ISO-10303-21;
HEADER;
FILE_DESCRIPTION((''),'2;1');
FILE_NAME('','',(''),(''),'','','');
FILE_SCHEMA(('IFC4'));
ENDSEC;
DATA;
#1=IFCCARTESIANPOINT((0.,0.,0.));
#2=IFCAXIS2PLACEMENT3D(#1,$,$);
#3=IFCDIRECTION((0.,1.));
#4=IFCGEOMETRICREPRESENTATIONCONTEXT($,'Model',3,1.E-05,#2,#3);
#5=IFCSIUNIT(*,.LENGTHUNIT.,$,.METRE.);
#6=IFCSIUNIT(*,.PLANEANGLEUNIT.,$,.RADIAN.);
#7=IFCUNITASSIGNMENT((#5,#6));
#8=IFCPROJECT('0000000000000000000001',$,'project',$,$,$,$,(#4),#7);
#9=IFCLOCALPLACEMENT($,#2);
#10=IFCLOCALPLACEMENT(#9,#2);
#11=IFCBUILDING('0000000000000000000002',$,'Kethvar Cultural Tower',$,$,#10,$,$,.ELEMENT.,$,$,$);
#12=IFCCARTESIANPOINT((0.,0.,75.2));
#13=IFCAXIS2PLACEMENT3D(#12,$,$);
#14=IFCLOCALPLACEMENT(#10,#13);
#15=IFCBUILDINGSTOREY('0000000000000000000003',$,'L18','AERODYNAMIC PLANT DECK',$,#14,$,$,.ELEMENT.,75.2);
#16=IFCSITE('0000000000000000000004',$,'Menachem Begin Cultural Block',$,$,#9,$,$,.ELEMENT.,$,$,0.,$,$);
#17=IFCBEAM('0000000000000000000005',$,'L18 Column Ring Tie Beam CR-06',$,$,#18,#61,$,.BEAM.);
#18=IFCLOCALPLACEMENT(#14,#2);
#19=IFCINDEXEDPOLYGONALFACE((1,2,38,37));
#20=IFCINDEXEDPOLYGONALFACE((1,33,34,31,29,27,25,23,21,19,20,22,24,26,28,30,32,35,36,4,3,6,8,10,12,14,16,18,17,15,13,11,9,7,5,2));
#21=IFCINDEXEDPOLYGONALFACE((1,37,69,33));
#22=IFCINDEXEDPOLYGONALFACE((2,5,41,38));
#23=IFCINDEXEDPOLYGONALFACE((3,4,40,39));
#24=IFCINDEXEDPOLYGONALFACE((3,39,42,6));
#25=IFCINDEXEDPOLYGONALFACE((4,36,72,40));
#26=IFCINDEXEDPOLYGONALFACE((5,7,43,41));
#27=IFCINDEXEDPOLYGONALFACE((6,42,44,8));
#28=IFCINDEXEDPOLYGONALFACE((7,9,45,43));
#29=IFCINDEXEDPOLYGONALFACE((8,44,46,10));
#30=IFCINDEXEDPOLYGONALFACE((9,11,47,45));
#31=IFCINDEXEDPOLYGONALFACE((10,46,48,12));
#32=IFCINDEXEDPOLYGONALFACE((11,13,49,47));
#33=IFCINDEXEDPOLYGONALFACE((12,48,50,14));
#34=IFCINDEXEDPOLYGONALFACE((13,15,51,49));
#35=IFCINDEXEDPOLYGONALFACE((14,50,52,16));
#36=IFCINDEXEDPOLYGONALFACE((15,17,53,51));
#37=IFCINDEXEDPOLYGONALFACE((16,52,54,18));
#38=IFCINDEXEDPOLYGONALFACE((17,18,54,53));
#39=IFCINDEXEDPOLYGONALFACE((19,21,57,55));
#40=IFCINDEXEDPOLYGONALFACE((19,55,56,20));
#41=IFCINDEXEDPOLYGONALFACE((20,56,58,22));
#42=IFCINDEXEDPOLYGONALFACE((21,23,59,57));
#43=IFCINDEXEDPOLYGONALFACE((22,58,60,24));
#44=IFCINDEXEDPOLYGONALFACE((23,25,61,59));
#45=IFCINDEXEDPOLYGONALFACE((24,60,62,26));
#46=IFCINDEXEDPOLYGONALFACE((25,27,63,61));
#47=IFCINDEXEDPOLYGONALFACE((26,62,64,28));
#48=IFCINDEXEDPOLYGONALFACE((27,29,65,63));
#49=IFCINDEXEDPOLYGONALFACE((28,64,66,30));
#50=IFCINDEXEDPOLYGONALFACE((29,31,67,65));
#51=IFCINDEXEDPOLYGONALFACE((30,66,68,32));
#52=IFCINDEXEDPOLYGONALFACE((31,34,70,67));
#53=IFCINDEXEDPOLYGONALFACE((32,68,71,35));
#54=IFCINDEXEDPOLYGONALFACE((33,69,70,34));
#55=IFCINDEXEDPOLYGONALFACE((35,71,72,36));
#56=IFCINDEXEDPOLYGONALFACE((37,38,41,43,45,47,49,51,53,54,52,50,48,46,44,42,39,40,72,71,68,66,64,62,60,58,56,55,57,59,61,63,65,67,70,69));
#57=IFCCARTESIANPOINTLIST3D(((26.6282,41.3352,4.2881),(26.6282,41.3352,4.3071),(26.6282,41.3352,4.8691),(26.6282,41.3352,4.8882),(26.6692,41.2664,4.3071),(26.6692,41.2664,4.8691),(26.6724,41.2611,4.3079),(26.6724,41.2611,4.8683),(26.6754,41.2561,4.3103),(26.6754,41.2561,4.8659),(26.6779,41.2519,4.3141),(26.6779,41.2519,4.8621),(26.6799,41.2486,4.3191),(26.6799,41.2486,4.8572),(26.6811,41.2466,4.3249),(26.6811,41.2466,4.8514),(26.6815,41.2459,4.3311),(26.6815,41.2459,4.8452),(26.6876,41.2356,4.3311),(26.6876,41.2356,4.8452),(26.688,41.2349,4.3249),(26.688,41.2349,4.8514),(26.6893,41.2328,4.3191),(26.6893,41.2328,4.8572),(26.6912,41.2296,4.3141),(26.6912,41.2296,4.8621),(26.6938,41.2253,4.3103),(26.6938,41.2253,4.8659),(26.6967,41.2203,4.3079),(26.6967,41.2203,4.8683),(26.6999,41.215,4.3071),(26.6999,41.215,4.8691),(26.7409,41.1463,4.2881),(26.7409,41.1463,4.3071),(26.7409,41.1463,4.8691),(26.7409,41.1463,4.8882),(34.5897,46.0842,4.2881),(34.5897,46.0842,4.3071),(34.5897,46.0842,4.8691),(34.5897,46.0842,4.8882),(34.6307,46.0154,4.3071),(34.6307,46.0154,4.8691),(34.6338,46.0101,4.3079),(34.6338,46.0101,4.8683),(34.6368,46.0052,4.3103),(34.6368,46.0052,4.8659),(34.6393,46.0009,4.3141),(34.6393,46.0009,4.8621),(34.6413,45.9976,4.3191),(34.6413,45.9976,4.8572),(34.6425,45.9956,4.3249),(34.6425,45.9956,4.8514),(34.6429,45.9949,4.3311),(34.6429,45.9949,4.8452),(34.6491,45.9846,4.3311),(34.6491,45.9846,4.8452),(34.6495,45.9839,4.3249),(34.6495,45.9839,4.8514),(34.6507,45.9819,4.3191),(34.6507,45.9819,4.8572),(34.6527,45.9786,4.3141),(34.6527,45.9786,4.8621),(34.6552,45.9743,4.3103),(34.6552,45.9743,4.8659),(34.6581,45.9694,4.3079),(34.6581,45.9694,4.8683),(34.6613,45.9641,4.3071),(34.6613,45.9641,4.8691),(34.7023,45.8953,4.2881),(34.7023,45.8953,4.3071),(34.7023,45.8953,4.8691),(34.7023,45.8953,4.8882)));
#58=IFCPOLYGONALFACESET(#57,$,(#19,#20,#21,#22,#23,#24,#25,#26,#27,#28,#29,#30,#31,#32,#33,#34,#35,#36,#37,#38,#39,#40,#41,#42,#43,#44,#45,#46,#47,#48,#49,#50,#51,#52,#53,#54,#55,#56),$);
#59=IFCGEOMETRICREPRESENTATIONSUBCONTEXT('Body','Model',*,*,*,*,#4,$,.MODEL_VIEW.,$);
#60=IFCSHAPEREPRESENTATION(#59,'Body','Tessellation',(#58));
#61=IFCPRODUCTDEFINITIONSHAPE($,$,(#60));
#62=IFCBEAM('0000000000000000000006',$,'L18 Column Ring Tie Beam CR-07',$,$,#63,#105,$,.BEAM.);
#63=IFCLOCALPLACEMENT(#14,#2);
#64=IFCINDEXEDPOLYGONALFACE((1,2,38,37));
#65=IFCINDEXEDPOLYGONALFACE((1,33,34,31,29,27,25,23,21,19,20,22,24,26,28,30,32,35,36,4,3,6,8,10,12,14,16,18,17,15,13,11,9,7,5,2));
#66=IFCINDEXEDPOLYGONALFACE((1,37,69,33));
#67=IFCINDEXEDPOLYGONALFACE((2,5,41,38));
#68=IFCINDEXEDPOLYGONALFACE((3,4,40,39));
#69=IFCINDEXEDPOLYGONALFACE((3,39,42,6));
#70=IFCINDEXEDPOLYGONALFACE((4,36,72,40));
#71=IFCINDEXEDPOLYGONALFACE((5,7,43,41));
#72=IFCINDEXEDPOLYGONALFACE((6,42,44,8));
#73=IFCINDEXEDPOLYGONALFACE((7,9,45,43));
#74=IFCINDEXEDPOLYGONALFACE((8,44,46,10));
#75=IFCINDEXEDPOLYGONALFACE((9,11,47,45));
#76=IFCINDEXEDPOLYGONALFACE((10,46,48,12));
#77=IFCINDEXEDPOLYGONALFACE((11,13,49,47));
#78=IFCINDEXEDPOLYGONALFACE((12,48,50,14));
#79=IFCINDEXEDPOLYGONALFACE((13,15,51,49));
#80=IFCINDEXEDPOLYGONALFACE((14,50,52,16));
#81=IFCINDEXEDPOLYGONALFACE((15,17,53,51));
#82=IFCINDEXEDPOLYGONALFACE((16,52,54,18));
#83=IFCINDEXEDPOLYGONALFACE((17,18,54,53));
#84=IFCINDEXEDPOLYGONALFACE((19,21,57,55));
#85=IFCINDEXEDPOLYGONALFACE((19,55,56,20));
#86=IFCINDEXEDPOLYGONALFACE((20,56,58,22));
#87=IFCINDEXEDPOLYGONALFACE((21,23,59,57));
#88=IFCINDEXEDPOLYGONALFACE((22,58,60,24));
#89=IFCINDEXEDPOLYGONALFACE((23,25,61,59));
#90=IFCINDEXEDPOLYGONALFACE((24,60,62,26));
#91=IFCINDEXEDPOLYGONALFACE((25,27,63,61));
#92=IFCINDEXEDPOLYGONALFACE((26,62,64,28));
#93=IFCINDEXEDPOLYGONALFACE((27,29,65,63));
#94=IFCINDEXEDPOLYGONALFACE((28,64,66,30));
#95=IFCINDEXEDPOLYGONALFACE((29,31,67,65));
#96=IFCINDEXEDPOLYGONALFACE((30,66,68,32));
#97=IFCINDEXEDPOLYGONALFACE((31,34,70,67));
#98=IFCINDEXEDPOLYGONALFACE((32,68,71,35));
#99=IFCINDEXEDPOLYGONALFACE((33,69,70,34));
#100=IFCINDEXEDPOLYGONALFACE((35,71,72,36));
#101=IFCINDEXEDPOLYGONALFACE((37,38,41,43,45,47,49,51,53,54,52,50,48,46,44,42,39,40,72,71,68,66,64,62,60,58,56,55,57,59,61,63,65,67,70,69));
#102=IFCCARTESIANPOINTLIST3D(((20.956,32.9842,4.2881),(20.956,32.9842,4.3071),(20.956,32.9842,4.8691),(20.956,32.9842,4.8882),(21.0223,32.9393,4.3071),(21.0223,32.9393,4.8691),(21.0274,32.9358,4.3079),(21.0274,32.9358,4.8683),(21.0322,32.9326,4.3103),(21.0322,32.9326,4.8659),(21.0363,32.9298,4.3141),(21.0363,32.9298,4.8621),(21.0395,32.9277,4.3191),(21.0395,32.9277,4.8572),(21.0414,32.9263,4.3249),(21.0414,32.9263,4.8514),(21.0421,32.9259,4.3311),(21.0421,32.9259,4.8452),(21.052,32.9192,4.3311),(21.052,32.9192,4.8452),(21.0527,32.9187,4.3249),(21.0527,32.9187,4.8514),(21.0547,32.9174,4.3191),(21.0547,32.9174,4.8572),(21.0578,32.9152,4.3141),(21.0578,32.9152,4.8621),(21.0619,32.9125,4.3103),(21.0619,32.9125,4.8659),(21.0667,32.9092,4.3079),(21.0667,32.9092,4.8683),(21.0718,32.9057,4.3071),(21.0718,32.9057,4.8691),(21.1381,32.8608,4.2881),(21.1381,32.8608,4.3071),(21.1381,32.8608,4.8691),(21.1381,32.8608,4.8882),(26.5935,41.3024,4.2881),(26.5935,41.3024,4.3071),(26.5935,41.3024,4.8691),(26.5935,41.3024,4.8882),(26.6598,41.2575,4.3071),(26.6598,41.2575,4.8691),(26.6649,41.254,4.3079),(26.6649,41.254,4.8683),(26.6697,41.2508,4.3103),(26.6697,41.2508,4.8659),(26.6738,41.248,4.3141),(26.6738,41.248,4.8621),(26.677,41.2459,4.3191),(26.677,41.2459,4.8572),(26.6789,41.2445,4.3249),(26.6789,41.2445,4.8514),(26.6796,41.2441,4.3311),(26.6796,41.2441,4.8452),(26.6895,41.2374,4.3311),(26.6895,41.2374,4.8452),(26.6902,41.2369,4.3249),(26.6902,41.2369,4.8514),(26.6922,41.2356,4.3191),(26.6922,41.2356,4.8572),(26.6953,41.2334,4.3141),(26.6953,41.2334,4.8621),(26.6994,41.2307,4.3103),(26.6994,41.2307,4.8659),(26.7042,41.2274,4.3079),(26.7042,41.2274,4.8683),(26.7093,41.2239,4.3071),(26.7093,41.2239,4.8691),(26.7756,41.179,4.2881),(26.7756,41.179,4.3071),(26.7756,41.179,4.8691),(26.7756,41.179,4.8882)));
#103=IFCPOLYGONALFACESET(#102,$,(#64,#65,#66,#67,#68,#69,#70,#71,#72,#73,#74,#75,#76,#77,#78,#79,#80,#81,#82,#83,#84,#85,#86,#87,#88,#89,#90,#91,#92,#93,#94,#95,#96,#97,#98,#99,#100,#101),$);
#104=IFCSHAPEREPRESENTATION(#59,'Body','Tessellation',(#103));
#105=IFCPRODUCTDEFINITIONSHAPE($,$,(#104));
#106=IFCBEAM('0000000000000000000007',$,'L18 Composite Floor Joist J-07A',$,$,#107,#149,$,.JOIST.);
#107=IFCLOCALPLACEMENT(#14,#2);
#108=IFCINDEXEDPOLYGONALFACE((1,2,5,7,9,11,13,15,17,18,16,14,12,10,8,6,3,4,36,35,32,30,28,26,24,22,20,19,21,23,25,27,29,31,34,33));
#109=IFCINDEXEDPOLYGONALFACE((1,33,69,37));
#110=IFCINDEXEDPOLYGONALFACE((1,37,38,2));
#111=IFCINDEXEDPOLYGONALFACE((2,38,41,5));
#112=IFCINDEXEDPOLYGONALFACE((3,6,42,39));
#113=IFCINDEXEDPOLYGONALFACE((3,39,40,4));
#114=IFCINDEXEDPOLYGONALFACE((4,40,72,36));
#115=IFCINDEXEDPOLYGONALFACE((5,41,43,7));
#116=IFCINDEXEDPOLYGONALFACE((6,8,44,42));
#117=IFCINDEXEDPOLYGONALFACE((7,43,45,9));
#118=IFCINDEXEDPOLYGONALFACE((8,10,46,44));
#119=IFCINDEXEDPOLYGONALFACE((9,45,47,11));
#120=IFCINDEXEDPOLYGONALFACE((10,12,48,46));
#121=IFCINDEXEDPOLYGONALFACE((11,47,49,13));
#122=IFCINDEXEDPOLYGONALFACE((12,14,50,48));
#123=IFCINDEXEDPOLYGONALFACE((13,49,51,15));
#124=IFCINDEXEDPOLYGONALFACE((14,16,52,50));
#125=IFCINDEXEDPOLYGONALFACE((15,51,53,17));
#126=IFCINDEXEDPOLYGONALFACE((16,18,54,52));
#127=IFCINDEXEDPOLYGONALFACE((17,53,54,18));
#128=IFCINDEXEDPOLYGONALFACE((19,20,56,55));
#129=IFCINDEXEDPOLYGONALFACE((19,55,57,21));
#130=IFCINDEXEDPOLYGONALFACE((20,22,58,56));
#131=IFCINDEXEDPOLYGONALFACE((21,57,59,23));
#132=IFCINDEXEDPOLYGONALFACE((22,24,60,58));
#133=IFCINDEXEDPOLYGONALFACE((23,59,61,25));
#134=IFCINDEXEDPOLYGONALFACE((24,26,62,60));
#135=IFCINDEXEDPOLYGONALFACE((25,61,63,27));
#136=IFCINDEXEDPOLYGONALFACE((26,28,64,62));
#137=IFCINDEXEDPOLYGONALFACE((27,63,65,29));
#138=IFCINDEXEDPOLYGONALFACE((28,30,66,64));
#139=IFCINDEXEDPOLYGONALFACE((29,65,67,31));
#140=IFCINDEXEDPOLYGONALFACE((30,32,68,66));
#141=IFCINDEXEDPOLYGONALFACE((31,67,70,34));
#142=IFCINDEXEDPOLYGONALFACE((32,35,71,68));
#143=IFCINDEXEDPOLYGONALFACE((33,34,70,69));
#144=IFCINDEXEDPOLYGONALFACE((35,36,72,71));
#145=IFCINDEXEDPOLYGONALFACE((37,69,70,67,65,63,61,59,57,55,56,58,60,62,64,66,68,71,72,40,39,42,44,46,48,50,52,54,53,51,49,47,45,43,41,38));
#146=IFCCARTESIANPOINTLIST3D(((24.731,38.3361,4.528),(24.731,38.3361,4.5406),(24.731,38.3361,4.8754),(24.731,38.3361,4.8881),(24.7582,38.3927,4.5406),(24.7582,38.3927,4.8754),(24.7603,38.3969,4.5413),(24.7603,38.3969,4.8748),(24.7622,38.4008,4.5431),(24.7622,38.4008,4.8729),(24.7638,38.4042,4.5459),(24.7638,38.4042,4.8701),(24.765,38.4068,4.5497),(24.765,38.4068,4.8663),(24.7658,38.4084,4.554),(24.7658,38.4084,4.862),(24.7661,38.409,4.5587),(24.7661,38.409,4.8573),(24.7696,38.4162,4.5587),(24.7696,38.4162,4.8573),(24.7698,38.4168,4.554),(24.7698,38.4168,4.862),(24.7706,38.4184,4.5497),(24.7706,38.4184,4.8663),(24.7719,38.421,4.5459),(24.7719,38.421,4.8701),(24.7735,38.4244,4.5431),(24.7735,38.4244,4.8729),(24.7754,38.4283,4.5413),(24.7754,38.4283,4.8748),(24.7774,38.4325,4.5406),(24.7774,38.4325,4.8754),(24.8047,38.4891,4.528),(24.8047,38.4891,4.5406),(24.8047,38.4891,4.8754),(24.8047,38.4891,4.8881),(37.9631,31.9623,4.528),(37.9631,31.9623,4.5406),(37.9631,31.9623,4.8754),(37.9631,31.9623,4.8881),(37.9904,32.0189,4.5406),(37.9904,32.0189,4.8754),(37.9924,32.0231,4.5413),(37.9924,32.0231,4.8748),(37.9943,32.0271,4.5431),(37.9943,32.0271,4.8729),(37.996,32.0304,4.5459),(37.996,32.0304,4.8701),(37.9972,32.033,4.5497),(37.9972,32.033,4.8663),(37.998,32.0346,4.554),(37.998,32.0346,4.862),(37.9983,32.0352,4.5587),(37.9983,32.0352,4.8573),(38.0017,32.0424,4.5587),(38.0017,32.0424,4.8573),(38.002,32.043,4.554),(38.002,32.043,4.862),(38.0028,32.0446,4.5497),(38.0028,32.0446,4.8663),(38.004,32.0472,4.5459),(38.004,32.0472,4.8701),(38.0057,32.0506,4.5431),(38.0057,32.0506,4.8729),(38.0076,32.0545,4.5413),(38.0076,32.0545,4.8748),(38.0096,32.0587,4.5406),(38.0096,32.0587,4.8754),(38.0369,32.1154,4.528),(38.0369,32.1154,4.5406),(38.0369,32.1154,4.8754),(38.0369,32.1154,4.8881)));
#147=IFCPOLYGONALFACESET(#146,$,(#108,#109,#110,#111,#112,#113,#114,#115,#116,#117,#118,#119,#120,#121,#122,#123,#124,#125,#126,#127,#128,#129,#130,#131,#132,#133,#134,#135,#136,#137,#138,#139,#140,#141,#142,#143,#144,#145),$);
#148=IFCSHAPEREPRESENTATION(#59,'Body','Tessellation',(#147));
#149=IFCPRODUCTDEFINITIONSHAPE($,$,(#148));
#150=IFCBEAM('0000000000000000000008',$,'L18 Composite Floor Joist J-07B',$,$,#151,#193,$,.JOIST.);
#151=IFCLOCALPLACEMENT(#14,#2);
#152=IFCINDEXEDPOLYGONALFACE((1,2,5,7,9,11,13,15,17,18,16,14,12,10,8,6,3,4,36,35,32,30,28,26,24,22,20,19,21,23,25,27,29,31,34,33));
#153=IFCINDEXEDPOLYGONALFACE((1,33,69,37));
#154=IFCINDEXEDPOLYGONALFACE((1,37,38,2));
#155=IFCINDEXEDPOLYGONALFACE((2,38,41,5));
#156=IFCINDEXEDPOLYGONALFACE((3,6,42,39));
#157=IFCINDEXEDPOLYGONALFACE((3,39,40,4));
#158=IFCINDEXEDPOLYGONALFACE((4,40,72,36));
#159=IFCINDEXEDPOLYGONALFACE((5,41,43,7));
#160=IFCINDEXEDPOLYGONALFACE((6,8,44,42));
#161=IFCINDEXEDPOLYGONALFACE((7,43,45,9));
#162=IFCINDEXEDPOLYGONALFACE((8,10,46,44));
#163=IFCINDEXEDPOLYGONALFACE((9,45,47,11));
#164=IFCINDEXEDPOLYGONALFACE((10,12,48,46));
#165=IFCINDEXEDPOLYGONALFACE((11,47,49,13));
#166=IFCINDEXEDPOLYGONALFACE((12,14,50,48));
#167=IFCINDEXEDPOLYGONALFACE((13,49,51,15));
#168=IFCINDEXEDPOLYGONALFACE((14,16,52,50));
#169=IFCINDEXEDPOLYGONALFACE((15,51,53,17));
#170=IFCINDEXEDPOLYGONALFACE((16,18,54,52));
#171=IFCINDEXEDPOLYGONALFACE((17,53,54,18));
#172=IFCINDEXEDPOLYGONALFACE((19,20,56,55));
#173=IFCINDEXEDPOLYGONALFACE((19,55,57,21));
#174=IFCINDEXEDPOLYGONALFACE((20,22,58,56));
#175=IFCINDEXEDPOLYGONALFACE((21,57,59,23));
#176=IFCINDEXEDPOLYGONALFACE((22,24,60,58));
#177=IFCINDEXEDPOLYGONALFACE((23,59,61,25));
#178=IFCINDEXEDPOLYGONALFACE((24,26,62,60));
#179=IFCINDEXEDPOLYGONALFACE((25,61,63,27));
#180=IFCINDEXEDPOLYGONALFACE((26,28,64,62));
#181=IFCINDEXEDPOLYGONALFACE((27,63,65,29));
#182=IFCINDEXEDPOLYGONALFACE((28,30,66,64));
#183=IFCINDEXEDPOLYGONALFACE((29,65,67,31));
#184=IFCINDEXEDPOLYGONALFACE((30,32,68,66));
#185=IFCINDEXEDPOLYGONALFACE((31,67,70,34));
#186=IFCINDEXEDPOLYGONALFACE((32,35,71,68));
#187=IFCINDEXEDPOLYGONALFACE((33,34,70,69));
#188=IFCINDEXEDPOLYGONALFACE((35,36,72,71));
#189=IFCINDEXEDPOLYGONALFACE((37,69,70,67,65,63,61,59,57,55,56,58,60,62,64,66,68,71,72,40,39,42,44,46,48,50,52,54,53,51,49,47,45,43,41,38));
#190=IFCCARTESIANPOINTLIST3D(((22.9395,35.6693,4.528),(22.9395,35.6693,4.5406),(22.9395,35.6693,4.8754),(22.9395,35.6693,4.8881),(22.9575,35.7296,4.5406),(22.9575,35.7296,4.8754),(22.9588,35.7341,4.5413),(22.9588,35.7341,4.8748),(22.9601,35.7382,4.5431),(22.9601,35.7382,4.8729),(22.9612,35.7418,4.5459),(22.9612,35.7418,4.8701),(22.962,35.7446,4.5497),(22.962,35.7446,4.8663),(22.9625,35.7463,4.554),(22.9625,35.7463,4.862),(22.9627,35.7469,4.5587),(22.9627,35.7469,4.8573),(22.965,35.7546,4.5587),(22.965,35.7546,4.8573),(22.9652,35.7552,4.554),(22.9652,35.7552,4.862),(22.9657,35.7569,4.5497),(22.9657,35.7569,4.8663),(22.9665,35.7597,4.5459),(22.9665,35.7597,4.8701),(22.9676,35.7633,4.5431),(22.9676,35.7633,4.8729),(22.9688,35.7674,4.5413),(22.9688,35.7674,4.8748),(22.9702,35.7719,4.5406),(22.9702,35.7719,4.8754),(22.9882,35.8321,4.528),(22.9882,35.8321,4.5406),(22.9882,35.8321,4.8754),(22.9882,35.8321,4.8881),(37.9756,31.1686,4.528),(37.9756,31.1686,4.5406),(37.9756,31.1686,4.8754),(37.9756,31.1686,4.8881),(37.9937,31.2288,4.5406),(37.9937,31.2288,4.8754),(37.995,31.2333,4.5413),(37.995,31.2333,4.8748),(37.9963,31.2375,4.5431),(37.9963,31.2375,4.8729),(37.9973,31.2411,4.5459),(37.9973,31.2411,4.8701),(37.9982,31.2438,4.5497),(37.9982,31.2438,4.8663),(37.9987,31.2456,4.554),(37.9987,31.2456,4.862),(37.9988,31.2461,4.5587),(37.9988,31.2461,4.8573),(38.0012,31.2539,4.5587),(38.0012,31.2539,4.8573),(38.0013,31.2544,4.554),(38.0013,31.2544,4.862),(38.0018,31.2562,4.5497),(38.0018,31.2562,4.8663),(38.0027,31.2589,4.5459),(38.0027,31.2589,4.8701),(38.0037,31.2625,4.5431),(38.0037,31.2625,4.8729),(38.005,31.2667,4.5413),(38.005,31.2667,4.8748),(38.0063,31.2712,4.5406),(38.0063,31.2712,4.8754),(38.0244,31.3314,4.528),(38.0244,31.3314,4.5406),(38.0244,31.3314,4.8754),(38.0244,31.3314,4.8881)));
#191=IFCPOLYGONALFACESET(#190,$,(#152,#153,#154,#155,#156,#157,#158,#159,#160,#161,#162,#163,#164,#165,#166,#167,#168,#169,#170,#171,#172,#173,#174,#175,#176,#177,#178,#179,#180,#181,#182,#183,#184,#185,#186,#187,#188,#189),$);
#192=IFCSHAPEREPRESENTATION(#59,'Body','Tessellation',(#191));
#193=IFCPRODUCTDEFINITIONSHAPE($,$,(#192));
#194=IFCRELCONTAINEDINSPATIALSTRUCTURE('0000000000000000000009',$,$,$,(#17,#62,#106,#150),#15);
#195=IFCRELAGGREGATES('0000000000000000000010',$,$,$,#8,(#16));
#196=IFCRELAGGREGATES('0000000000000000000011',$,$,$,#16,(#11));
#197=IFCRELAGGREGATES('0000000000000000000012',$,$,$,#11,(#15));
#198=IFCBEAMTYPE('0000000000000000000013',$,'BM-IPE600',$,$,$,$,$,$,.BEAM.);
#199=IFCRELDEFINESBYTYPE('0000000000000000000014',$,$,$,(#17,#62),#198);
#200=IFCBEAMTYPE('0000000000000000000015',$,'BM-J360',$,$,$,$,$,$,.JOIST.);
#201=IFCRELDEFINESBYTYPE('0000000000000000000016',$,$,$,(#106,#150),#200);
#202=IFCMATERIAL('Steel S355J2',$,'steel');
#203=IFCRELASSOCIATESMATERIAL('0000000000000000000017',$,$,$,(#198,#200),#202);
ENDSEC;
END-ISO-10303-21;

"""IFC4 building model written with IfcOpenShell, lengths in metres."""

from ifc_helpers import new_model, si_unit, direction, frame, origin, origin_2d, place, context, subcontext, project, spatial, i_section, extrude, source, transform, mapped, material, material_profile, profile_set, type_object, element, save


model = new_model("IFC4")

# Units and contexts
model_context = context("Model", 3, precision=1e-05, world=origin(), true_north=direction((0.0, 1.0)))
body_context = subcontext(model_context, "Body", "Model", "MODEL_VIEW")
ifc_project = project(units=[si_unit("LENGTHUNIT", "METRE"), si_unit("PLANEANGLEUNIT", "RADIAN")], contexts=[model_context])

# Site, building, storey
site_placement = place(None, origin())
site = spatial("IfcSite", under=ifc_project, at=site_placement, Name="Menachem Begin Cultural Block", CompositionType="ELEMENT", RefElevation=0.0)
building_placement = place(site_placement, origin())
building = spatial("IfcBuilding", under=site, at=building_placement, Name="Kethvar Cultural Tower", CompositionType="ELEMENT")
storey_placement = place(building_placement, frame((0.0, 0.0, 75.2)))
storey = spatial("IfcBuildingStorey", under=building, at=storey_placement, Name="L18", Description="AERODYNAMIC PLANT DECK", CompositionType="ELEMENT", Elevation=75.2)

# Beams
ifc_material_1 = material(Name="Steel S355J2", Category="steel")
ifc_material_profile_1 = material_profile(ifc_material_1, i_section(OverallWidth=0.22, OverallDepth=0.6001, WebThickness=0.012, FlangeThickness=0.019, FilletRadius=0.0239, at=origin_2d()), Name="Steel S355J2 — IPE600")
ifc_profile_set_1 = profile_set([ifc_material_profile_1], Name="Steel S355J2 — IPE600")
beam_type_1 = type_object("IfcBeamType", Name="BM-IPE600", PredefinedType="BEAM", material=ifc_profile_set_1)
shared_shape_1 = source(origin(), body_context, "Body", "SweptSolid", [
    extrude(i_section(OverallWidth=0.22, OverallDepth=0.6001, WebThickness=0.012, FlangeThickness=0.019, FilletRadius=0.0239, at=origin_2d()), origin(), (0.0, 0.0, 1.0), 9.2703),
])
beam_1_placement = place(storey_placement, frame((34.646, 45.9897, 4.5881), z_axis=(-0.858815, -0.512286, 0.0), x_axis=(0.512286, -0.858815, 0.0)))
element("IfcBeam", 1, at=beam_1_placement, inside=storey, type_object=beam_type_1, Name="L18 Column Ring Tie Beam CR-06", PredefinedType="BEAM", context=body_context, shape_type="MappedRepresentation", body=[
    mapped(shared_shape_1, transform((0.0, 0.0, 0.0), scale=1.0)),
])
shared_shape_2 = source(origin(), body_context, "Body", "SweptSolid", [
    extrude(i_section(OverallWidth=0.22, OverallDepth=0.6001, WebThickness=0.012, FlangeThickness=0.019, FilletRadius=0.0239, at=origin_2d()), origin(), (0.0, 0.0, 1.0), 10.0486),
])
beam_2_placement = place(storey_placement, frame((26.6846, 41.2407, 4.5881), z_axis=(-0.561025, -0.827799, 0.0), x_axis=(0.827799, -0.561025, 0.0)))
element("IfcBeam", 2, at=beam_2_placement, inside=storey, type_object=beam_type_1, Name="L18 Column Ring Tie Beam CR-07", PredefinedType="BEAM", context=body_context, shape_type="MappedRepresentation", body=[
    mapped(shared_shape_2, transform((0.0, 0.0, 0.0), scale=1.0)),
])
ifc_material_profile_2 = material_profile(ifc_material_1, i_section(OverallWidth=0.1699, OverallDepth=0.3601, WebThickness=0.0081, FlangeThickness=0.0127, FilletRadius=0.0181, at=origin_2d()), Name="Steel S355J2 — IPE360")
ifc_profile_set_2 = profile_set([ifc_material_profile_2], Name="Steel S355J2 — IPE360")
beam_type_2 = type_object("IfcBeamType", Name="BM-J360", PredefinedType="JOIST", material=ifc_profile_set_2)
shared_shape_3 = source(origin(), body_context, "Body", "SweptSolid", [
    extrude(i_section(OverallWidth=0.1699, OverallDepth=0.3601, WebThickness=0.0081, FlangeThickness=0.0127, FilletRadius=0.0181, at=origin_2d()), origin(), (0.0, 0.0, 1.0), 14.6873),
])
beam_3_placement = place(storey_placement, frame((38.0, 32.0388, 4.708), z_axis=(-0.900929, 0.433967, 0.0), x_axis=(-0.433967, -0.900929, 0.0)))
element("IfcBeam", 3, at=beam_3_placement, inside=storey, type_object=beam_type_2, Name="L18 Composite Floor Joist J-07A", PredefinedType="JOIST", context=body_context, shape_type="MappedRepresentation", body=[
    mapped(shared_shape_3, transform((0.0, 0.0, 0.0), scale=1.0)),
])
shared_shape_4 = source(origin(), body_context, "Body", "SweptSolid", [
    extrude(i_section(OverallWidth=0.1699, OverallDepth=0.3601, WebThickness=0.0081, FlangeThickness=0.0127, FilletRadius=0.0181, at=origin_2d()), origin(), (0.0, 0.0, 1.0), 15.6953),
])
beam_4_placement = place(storey_placement, frame((38.0, 31.25, 4.708), z_axis=(-0.958003, 0.286757, 0.0), x_axis=(-0.286757, -0.958003, 0.0)))
element("IfcBeam", 4, at=beam_4_placement, inside=storey, type_object=beam_type_2, Name="L18 Composite Floor Joist J-07B", PredefinedType="JOIST", context=body_context, shape_type="MappedRepresentation", body=[
    mapped(shared_shape_4, transform((0.0, 0.0, 0.0), scale=1.0)),
])

save(model, "model.ifc")
